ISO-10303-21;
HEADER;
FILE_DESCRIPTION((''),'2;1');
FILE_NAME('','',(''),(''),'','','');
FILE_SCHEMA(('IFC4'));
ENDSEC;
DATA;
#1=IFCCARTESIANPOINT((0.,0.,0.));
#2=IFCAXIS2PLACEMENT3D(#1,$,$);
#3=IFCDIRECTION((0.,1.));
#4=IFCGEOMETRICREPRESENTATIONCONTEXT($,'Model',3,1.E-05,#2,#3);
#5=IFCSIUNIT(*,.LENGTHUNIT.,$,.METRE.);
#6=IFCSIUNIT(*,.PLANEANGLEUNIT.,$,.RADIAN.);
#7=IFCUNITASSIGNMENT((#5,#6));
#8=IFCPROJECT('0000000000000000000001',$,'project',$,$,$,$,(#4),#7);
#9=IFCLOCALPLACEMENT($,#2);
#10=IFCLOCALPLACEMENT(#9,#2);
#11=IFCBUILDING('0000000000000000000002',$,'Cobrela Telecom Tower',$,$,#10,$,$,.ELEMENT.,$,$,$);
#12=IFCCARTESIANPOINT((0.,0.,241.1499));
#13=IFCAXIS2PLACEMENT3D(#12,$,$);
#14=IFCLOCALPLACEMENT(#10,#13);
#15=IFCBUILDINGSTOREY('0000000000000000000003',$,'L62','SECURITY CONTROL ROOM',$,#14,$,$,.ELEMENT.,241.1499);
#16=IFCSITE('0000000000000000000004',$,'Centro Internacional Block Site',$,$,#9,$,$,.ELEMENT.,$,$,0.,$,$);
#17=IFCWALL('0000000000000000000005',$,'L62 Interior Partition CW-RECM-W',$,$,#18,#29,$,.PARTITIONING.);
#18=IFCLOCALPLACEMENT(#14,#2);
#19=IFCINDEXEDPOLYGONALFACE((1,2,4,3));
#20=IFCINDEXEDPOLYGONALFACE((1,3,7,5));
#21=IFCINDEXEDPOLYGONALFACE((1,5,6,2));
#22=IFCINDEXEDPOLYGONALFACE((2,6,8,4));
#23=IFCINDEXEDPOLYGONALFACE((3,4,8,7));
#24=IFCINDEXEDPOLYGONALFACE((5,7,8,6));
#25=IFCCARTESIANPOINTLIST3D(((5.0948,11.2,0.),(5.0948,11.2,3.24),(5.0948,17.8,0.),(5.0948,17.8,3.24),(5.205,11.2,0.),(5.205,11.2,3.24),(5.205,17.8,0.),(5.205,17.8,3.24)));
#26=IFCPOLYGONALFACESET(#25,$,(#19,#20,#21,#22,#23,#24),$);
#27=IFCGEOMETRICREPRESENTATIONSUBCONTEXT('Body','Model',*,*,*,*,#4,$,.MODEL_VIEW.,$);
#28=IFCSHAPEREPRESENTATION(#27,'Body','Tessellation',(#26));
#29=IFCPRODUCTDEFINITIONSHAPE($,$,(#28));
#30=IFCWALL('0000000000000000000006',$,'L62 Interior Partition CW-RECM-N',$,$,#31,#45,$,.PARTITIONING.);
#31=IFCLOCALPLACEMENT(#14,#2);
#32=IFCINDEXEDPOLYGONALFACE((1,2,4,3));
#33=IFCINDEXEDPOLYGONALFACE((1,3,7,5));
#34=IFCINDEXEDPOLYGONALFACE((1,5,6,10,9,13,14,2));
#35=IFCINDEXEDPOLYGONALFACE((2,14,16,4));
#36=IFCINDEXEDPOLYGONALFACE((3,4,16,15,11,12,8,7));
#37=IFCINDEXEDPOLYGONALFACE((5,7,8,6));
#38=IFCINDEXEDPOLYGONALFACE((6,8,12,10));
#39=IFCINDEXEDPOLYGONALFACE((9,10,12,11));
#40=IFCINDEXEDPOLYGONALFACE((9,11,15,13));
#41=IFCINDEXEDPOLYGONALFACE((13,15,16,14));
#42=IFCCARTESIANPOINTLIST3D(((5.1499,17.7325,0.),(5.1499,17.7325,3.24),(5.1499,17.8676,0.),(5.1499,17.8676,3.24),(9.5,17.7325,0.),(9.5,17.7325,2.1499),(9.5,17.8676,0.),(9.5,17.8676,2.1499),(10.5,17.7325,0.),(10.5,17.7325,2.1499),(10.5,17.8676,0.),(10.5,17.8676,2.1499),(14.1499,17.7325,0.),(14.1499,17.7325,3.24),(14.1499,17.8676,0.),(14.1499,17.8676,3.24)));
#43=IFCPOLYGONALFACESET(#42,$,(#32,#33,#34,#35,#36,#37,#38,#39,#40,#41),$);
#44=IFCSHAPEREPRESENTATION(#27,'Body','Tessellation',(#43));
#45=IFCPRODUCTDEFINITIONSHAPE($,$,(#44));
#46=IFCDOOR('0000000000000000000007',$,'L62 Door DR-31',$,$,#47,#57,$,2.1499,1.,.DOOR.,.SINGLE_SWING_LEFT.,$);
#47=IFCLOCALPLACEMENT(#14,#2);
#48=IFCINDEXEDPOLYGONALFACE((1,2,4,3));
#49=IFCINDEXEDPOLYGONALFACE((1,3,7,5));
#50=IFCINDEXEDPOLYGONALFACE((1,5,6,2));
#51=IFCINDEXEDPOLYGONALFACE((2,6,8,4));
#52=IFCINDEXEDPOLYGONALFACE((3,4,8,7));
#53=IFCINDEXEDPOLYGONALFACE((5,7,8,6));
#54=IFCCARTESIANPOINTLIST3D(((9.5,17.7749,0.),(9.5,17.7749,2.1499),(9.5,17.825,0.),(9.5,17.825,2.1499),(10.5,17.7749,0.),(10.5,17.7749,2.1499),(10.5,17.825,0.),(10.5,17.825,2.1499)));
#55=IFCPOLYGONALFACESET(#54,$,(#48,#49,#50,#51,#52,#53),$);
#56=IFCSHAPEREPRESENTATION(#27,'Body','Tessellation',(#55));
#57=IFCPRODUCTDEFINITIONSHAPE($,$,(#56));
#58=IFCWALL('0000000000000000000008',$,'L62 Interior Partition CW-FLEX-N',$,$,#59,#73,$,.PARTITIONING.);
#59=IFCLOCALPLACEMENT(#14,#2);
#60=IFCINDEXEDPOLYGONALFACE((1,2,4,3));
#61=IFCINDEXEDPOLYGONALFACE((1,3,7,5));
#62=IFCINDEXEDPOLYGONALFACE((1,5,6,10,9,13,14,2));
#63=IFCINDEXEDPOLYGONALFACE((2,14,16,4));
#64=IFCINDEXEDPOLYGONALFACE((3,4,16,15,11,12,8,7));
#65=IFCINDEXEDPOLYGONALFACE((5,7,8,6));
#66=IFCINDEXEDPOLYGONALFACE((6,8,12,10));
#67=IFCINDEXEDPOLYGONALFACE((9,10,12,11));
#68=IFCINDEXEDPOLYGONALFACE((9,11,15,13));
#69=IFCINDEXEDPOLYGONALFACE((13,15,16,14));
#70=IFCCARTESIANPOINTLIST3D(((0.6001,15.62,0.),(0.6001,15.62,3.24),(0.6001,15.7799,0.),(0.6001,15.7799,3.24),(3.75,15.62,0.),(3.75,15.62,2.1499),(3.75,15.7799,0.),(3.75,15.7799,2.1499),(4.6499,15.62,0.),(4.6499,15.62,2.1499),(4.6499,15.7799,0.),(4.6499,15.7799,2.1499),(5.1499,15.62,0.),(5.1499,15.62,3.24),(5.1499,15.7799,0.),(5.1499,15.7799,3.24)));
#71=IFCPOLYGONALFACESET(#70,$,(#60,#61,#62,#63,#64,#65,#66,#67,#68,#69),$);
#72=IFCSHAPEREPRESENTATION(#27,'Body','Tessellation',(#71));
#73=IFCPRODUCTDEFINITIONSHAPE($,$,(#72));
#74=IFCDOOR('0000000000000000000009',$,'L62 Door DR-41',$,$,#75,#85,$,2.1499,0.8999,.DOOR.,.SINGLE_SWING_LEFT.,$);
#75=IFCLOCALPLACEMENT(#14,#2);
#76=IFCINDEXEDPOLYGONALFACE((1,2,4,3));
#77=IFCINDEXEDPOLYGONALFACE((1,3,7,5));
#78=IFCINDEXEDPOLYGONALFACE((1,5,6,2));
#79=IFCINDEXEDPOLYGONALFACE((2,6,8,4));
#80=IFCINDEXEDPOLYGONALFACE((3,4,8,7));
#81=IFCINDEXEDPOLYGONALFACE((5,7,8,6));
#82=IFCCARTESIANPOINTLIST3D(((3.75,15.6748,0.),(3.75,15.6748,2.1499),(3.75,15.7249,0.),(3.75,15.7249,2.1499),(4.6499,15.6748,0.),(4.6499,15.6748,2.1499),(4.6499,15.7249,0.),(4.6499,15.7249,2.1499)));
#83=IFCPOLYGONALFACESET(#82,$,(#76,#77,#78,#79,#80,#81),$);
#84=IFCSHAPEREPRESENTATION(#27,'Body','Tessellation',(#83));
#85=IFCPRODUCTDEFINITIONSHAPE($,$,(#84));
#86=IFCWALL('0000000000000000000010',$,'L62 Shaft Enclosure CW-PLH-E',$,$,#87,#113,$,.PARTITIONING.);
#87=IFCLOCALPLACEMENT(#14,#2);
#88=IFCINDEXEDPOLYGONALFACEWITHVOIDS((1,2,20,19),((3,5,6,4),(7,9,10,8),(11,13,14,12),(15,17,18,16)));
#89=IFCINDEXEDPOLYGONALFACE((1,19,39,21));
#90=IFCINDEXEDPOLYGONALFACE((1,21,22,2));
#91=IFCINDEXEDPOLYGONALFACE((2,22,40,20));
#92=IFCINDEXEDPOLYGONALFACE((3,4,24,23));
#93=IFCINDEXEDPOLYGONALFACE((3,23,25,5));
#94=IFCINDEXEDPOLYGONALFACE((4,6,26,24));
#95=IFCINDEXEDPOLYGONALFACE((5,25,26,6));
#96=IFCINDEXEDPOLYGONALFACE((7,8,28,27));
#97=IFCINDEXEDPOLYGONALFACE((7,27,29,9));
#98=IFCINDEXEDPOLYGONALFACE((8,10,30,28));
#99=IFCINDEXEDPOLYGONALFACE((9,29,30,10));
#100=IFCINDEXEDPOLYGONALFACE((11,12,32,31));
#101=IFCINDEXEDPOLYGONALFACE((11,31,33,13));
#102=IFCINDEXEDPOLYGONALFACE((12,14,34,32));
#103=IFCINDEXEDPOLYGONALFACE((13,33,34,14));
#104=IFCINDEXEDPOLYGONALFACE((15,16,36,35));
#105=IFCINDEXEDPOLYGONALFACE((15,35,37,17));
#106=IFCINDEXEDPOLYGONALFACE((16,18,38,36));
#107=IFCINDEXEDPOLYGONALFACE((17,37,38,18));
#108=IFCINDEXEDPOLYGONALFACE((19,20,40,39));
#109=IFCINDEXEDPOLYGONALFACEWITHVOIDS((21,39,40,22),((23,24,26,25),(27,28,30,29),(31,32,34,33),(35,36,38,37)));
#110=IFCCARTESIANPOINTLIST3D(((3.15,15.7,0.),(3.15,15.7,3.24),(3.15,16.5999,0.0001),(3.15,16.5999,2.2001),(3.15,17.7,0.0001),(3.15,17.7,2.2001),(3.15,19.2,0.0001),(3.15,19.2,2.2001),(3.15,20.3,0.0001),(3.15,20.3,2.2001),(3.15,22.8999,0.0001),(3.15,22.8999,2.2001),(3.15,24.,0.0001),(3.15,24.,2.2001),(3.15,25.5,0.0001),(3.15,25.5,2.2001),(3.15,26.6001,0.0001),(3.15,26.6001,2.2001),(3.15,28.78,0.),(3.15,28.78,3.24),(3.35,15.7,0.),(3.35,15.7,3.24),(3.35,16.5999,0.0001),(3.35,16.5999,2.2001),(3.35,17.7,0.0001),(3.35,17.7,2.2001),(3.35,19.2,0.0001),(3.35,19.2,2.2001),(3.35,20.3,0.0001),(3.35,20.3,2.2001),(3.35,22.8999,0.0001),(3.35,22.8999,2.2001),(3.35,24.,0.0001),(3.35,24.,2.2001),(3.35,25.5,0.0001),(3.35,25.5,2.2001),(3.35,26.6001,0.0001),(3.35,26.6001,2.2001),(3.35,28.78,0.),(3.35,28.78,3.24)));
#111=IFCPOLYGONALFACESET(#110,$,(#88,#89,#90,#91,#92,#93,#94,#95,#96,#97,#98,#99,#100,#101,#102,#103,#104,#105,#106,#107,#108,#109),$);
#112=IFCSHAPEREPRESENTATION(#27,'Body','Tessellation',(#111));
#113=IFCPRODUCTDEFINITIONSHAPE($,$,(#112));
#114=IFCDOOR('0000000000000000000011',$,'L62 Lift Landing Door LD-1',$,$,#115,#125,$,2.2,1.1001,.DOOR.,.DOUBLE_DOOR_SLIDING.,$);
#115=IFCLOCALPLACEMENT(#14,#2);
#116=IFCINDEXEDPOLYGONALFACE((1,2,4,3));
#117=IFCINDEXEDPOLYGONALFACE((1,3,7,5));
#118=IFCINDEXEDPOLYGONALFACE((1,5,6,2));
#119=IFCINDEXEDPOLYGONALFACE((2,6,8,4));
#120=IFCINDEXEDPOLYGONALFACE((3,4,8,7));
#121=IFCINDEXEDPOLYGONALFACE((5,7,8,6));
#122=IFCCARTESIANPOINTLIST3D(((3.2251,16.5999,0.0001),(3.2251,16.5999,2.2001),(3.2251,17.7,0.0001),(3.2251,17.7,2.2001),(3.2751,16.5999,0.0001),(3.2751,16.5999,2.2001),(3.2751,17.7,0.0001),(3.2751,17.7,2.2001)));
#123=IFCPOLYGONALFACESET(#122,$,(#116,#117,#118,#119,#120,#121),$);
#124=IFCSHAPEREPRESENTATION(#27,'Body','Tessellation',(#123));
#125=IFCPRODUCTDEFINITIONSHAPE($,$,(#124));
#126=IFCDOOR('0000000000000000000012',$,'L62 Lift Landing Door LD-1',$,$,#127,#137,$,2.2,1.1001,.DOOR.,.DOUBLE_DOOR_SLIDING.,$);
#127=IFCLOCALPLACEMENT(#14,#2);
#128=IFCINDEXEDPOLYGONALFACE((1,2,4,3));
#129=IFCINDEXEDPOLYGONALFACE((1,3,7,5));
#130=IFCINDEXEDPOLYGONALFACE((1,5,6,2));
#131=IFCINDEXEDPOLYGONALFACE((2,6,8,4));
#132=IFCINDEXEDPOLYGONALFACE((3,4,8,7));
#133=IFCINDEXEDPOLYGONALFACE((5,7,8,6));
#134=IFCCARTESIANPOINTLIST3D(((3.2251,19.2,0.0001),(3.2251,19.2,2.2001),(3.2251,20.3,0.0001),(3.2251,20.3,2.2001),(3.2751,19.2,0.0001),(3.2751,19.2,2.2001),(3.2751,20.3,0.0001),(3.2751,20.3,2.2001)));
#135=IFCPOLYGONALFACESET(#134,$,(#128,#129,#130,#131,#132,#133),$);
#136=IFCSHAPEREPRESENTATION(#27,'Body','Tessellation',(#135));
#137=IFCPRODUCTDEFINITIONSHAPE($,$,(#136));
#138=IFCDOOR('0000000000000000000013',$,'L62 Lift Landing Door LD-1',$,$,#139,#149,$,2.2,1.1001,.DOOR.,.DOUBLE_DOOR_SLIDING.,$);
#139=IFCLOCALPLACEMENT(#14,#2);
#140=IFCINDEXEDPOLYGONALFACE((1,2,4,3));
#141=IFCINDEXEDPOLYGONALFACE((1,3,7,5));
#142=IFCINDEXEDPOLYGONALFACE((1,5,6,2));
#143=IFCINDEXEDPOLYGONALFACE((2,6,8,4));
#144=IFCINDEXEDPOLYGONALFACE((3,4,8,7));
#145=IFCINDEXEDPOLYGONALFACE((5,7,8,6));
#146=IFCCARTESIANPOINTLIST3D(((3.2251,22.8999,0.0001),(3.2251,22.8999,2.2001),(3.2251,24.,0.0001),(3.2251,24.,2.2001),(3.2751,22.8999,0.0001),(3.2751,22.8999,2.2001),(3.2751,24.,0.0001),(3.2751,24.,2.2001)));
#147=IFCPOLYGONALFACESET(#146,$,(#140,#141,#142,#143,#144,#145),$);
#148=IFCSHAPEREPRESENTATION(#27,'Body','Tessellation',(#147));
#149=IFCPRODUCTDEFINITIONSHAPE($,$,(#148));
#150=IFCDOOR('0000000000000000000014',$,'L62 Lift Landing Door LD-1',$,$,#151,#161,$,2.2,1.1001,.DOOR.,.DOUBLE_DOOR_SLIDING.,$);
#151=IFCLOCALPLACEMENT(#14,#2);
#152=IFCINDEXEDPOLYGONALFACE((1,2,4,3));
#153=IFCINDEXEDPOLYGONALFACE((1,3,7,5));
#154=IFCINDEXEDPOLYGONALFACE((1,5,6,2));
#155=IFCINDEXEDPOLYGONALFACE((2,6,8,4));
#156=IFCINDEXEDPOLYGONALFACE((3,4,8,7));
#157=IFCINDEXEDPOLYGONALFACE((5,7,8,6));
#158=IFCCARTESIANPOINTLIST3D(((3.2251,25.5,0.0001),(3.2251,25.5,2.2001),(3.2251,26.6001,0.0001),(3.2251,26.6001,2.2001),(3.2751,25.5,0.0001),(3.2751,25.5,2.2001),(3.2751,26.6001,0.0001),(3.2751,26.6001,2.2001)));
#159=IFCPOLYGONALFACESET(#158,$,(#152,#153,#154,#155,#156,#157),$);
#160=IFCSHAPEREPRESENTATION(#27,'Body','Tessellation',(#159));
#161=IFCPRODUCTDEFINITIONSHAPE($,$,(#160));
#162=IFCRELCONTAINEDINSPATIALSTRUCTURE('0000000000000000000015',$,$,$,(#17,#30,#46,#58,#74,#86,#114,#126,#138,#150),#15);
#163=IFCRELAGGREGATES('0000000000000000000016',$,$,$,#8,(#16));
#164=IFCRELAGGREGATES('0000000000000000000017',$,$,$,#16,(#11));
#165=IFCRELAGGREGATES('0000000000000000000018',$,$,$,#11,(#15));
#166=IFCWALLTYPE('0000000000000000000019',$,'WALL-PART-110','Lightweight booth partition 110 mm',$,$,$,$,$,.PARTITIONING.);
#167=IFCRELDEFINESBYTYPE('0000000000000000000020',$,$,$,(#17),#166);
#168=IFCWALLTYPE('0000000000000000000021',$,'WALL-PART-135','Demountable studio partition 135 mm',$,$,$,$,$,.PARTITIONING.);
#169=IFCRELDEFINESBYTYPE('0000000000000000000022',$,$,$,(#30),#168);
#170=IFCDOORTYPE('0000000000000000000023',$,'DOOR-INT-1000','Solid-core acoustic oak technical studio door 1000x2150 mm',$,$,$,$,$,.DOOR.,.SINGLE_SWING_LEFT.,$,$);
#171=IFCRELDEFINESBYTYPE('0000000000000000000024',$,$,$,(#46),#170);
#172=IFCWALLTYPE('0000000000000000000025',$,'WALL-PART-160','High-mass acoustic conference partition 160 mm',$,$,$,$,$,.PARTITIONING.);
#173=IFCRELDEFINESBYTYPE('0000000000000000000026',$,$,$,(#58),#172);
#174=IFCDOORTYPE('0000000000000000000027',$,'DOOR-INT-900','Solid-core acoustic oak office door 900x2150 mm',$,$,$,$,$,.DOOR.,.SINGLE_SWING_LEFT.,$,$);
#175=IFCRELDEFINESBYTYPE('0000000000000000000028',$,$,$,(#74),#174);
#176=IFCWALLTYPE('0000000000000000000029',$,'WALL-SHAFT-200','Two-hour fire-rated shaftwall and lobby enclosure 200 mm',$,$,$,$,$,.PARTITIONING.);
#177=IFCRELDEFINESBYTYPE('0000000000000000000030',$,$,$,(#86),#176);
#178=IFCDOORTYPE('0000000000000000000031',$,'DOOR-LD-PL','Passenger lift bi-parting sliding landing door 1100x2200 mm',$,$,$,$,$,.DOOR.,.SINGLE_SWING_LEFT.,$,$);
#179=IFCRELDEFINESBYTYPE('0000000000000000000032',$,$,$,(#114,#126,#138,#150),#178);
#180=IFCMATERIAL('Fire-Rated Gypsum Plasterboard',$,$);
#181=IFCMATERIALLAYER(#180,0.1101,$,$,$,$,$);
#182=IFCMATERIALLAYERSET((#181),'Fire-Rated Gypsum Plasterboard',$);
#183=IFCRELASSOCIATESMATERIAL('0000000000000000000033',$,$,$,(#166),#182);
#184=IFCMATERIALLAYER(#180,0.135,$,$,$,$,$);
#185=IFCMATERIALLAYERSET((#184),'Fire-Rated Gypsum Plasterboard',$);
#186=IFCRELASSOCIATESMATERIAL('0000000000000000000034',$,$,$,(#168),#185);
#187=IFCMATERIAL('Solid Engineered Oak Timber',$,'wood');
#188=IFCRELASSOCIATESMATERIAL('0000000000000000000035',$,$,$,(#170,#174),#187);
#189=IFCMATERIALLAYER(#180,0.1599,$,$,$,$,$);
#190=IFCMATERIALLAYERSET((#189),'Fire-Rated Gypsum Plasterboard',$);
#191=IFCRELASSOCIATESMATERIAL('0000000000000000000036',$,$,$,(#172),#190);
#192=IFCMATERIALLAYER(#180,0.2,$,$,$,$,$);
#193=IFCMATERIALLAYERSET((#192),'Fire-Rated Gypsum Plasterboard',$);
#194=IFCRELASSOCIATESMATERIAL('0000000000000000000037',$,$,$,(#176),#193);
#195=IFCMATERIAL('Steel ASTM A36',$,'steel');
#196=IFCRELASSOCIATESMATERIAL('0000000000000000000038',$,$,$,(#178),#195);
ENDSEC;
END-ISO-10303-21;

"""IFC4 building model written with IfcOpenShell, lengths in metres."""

from ifc_helpers import new_model, si_unit, direction, frame, frame_2d, origin, place, context, subcontext, project, spatial, rectangle, extrude, material, layer, layer_set, type_object, element, fill, save


model = new_model("IFC4")

# Units and contexts
model_context = context("Model", 3, precision=1e-05, world=origin(), true_north=direction((0.0, 1.0)))
body_context = subcontext(model_context, "Body", "Model", "MODEL_VIEW")
ifc_project = project(units=[si_unit("LENGTHUNIT", "METRE"), si_unit("PLANEANGLEUNIT", "RADIAN")], contexts=[model_context])

# Site, building, storey
site_placement = place(None, origin())
site = spatial("IfcSite", under=ifc_project, at=site_placement, Name="Centro Internacional Block Site", CompositionType="ELEMENT", RefElevation=0.0)
building_placement = place(site_placement, origin())
building = spatial("IfcBuilding", under=site, at=building_placement, Name="Cobrela Telecom Tower", CompositionType="ELEMENT")
storey_placement = place(building_placement, frame((0.0, 0.0, 241.1499)))
storey = spatial("IfcBuildingStorey", under=building, at=storey_placement, Name="L62", Description="SECURITY CONTROL ROOM", CompositionType="ELEMENT", Elevation=241.1499)

# Wall
ifc_material_1 = material(Name="Fire-Rated Gypsum Plasterboard")
ifc_layer_1 = layer(ifc_material_1, 0.1101)
ifc_layer_set_1 = layer_set([ifc_layer_1], Name="Fire-Rated Gypsum Plasterboard")
wall_type_1 = type_object("IfcWallType", Name="WALL-PART-110", Description="Lightweight booth partition 110 mm", PredefinedType="PARTITIONING", material=ifc_layer_set_1)
wall_1_placement = place(storey_placement, frame((5.1499, 11.2, 0.0), z_axis=(0.0, 0.0, 1.0), x_axis=(0.0, 1.0, 0.0)))
element("IfcWall", 1, at=wall_1_placement, inside=storey, type_object=wall_type_1, Name="L62 Interior Partition CW-RECM-W", PredefinedType="PARTITIONING", context=body_context, shape_type="SweptSolid", body=[
    extrude(rectangle(XDim=6.6001, YDim=0.1101, at=frame_2d((3.3, 0.0))), origin(), (0.0, 0.0, 1.0), 3.24),
])

# Walls, openings, doors
ifc_layer_2 = layer(ifc_material_1, 0.135)
ifc_layer_set_2 = layer_set([ifc_layer_2], Name="Fire-Rated Gypsum Plasterboard")
wall_type_2 = type_object("IfcWallType", Name="WALL-PART-135", Description="Demountable studio partition 135 mm", PredefinedType="PARTITIONING", material=ifc_layer_set_2)
wall_2_placement = place(storey_placement, frame((5.1499, 17.8, 0.0), z_axis=(0.0, 0.0, 1.0), x_axis=(1.0, 0.0, 0.0)))
wall_2 = element("IfcWall", 2, at=wall_2_placement, inside=storey, type_object=wall_type_2, Name="L62 Interior Partition CW-RECM-N", PredefinedType="PARTITIONING", context=body_context, shape_type="SweptSolid", body=[
    extrude(rectangle(XDim=9.0, YDim=0.135, at=frame_2d((4.5, 0.0))), origin(), (0.0, 0.0, 1.0), 3.24),
])
opening_1_placement = place(wall_2_placement, frame((4.3501, 0.0, 0.0)))
opening_1 = element("IfcOpeningElement", 3, at=opening_1_placement, cuts=wall_2, PredefinedType="OPENING", context=body_context, shape_type="SweptSolid", body=[
    extrude(rectangle(XDim=1.0, YDim=2.1499, at=frame_2d((0.5, 1.075))), frame((0.0, 0.0796, 0.0), z_axis=(0.0, -1.0, 0.0), x_axis=(1.0, 0.0, 0.0)), (0.0, 0.0, 1.0), 0.1589),
])
ifc_material_2 = material(Name="Solid Engineered Oak Timber", Category="wood")
door_type_1 = type_object("IfcDoorType", Name="DOOR-INT-1000", Description="Solid-core acoustic oak technical studio door 1000x2150 mm", OperationType="SINGLE_SWING_LEFT", PredefinedType="DOOR", material=ifc_material_2)
door_1_placement = place(opening_1_placement, origin())
door_1 = element("IfcDoor", 4, at=door_1_placement, inside=storey, type_object=door_type_1, Name="L62 Door DR-31", OperationType="SINGLE_SWING_LEFT", OverallHeight=2.1499, OverallWidth=1.0, PredefinedType="DOOR", context=body_context, shape_type="SweptSolid", body=[
    extrude(rectangle(XDim=1.0, YDim=2.1499, at=frame_2d((0.5, 1.075))), frame((0.0, 0.0249, 0.0), z_axis=(0.0, -1.0, 0.0), x_axis=(1.0, 0.0, 0.0)), (0.0, 0.0, 1.0), 0.05),
])
fill(opening_1, door_1)
ifc_layer_3 = layer(ifc_material_1, 0.1599)
ifc_layer_set_3 = layer_set([ifc_layer_3], Name="Fire-Rated Gypsum Plasterboard")
wall_type_3 = type_object("IfcWallType", Name="WALL-PART-160", Description="High-mass acoustic conference partition 160 mm", PredefinedType="PARTITIONING", material=ifc_layer_set_3)
wall_3_placement = place(storey_placement, frame((0.6001, 15.7, 0.0), z_axis=(0.0, 0.0, 1.0), x_axis=(1.0, 0.0, 0.0)))
wall_3 = element("IfcWall", 5, at=wall_3_placement, inside=storey, type_object=wall_type_3, Name="L62 Interior Partition CW-FLEX-N", PredefinedType="PARTITIONING", context=body_context, shape_type="SweptSolid", body=[
    extrude(rectangle(XDim=4.5498, YDim=0.1599, at=frame_2d((2.2749, 0.0))), origin(), (0.0, 0.0, 1.0), 3.24),
])
opening_2_placement = place(wall_3_placement, frame((3.1499, 0.0, 0.0)))
opening_2 = element("IfcOpeningElement", 6, at=opening_2_placement, cuts=wall_3, PredefinedType="OPENING", context=body_context, shape_type="SweptSolid", body=[
    extrude(rectangle(XDim=0.8999, YDim=2.1499, at=frame_2d((0.45, 1.075))), frame((0.0, 0.0918, 0.0), z_axis=(0.0, -1.0, 0.0), x_axis=(1.0, 0.0, 0.0)), (0.0, 0.0, 1.0), 0.1838),
])
door_type_2 = type_object("IfcDoorType", Name="DOOR-INT-900", Description="Solid-core acoustic oak office door 900x2150 mm", OperationType="SINGLE_SWING_LEFT", PredefinedType="DOOR", material=ifc_material_2)
door_2_placement = place(opening_2_placement, origin())
door_2 = element("IfcDoor", 7, at=door_2_placement, inside=storey, type_object=door_type_2, Name="L62 Door DR-41", OperationType="SINGLE_SWING_LEFT", OverallHeight=2.1499, OverallWidth=0.8999, PredefinedType="DOOR", context=body_context, shape_type="SweptSolid", body=[
    extrude(rectangle(XDim=0.8999, YDim=2.1499, at=frame_2d((0.45, 1.075))), frame((0.0, 0.0249, 0.0), z_axis=(0.0, -1.0, 0.0), x_axis=(1.0, 0.0, 0.0)), (0.0, 0.0, 1.0), 0.05),
])
fill(opening_2, door_2)

# Wall, openings, doors
ifc_layer_4 = layer(ifc_material_1, 0.2)
ifc_layer_set_4 = layer_set([ifc_layer_4], Name="Fire-Rated Gypsum Plasterboard")
wall_type_4 = type_object("IfcWallType", Name="WALL-SHAFT-200", Description="Two-hour fire-rated shaftwall and lobby enclosure 200 mm", PredefinedType="PARTITIONING", material=ifc_layer_set_4)
wall_4_placement = place(storey_placement, frame((3.25, 15.7, 0.0), z_axis=(0.0, 0.0, 1.0), x_axis=(0.0, 1.0, 0.0)))
wall_4 = element("IfcWall", 8, at=wall_4_placement, inside=storey, type_object=wall_type_4, Name="L62 Shaft Enclosure CW-PLH-E", PredefinedType="PARTITIONING", context=body_context, shape_type="SweptSolid", body=[
    extrude(rectangle(XDim=13.0801, YDim=0.2, at=frame_2d((6.54, 0.0))), origin(), (0.0, 0.0, 1.0), 3.24),
])
opening_3_placement = place(wall_4_placement, frame((0.8999, 0.0, 0.0)))
opening_3 = element("IfcOpeningElement", 9, at=opening_3_placement, cuts=wall_4, PredefinedType="OPENING", context=body_context, shape_type="SweptSolid", body=[
    extrude(rectangle(XDim=1.1001, YDim=2.2, at=frame_2d((0.55, 1.1001))), frame((0.0, 0.1118, 0.0), z_axis=(0.0, -1.0, 0.0), x_axis=(1.0, 0.0, 0.0)), (0.0, 0.0, 1.0), 0.2239),
])
opening_4_placement = place(wall_4_placement, frame((3.5, 0.0, 0.0)))
opening_4 = element("IfcOpeningElement", 10, at=opening_4_placement, cuts=wall_4, PredefinedType="OPENING", context=body_context, shape_type="SweptSolid", body=[
    extrude(rectangle(XDim=1.1001, YDim=2.2, at=frame_2d((0.55, 1.1001))), frame((0.0, 0.1118, 0.0), z_axis=(0.0, -1.0, 0.0), x_axis=(1.0, 0.0, 0.0)), (0.0, 0.0, 1.0), 0.2239),
])
opening_5_placement = place(wall_4_placement, frame((7.2, 0.0, 0.0)))
opening_5 = element("IfcOpeningElement", 11, at=opening_5_placement, cuts=wall_4, PredefinedType="OPENING", context=body_context, shape_type="SweptSolid", body=[
    extrude(rectangle(XDim=1.1001, YDim=2.2, at=frame_2d((0.55, 1.1001))), frame((0.0, 0.1118, 0.0), z_axis=(0.0, -1.0, 0.0), x_axis=(1.0, 0.0, 0.0)), (0.0, 0.0, 1.0), 0.2239),
])
opening_6_placement = place(wall_4_placement, frame((9.8, 0.0, 0.0)))
opening_6 = element("IfcOpeningElement", 12, at=opening_6_placement, cuts=wall_4, PredefinedType="OPENING", context=body_context, shape_type="SweptSolid", body=[
    extrude(rectangle(XDim=1.1001, YDim=2.2, at=frame_2d((0.55, 1.1001))), frame((0.0, 0.1118, 0.0), z_axis=(0.0, -1.0, 0.0), x_axis=(1.0, 0.0, 0.0)), (0.0, 0.0, 1.0), 0.2239),
])
ifc_material_3 = material(Name="Steel ASTM A36", Category="steel")
door_type_3 = type_object("IfcDoorType", Name="DOOR-LD-PL", Description="Passenger lift bi-parting sliding landing door 1100x2200 mm", OperationType="SINGLE_SWING_LEFT", PredefinedType="DOOR", material=ifc_material_3)
door_3_placement = place(opening_3_placement, origin())
door_3 = element("IfcDoor", 13, at=door_3_placement, inside=storey, type_object=door_type_3, Name="L62 Lift Landing Door LD-1", OperationType="DOUBLE_DOOR_SLIDING", OverallHeight=2.2, OverallWidth=1.1001, PredefinedType="DOOR", context=body_context, shape_type="SweptSolid", body=[
    extrude(rectangle(XDim=1.1001, YDim=2.2, at=frame_2d((0.55, 1.1001))), frame((0.0, 0.0249, 0.0), z_axis=(0.0, -1.0, 0.0), x_axis=(1.0, 0.0, 0.0)), (0.0, 0.0, 1.0), 0.05),
])
fill(opening_3, door_3)
door_4_placement = place(opening_4_placement, origin())
door_4 = element("IfcDoor", 14, at=door_4_placement, inside=storey, type_object=door_type_3, Name="L62 Lift Landing Door LD-1", OperationType="DOUBLE_DOOR_SLIDING", OverallHeight=2.2, OverallWidth=1.1001, PredefinedType="DOOR", context=body_context, shape_type="SweptSolid", body=[
    extrude(rectangle(XDim=1.1001, YDim=2.2, at=frame_2d((0.55, 1.1001))), frame((0.0, 0.0249, 0.0), z_axis=(0.0, -1.0, 0.0), x_axis=(1.0, 0.0, 0.0)), (0.0, 0.0, 1.0), 0.05),
])
fill(opening_4, door_4)
door_5_placement = place(opening_5_placement, origin())
door_5 = element("IfcDoor", 15, at=door_5_placement, inside=storey, type_object=door_type_3, Name="L62 Lift Landing Door LD-1", OperationType="DOUBLE_DOOR_SLIDING", OverallHeight=2.2, OverallWidth=1.1001, PredefinedType="DOOR", context=body_context, shape_type="SweptSolid", body=[
    extrude(rectangle(XDim=1.1001, YDim=2.2, at=frame_2d((0.55, 1.1001))), frame((0.0, 0.0249, 0.0), z_axis=(0.0, -1.0, 0.0), x_axis=(1.0, 0.0, 0.0)), (0.0, 0.0, 1.0), 0.05),
])
fill(opening_5, door_5)
door_6_placement = place(opening_6_placement, origin())
door_6 = element("IfcDoor", 16, at=door_6_placement, inside=storey, type_object=door_type_3, Name="L62 Lift Landing Door LD-1", OperationType="DOUBLE_DOOR_SLIDING", OverallHeight=2.2, OverallWidth=1.1001, PredefinedType="DOOR", context=body_context, shape_type="SweptSolid", body=[
    extrude(rectangle(XDim=1.1001, YDim=2.2, at=frame_2d((0.55, 1.1001))), frame((0.0, 0.0249, 0.0), z_axis=(0.0, -1.0, 0.0), x_axis=(1.0, 0.0, 0.0)), (0.0, 0.0, 1.0), 0.05),
])
fill(opening_6, door_6)

save(model, "model.ifc")
